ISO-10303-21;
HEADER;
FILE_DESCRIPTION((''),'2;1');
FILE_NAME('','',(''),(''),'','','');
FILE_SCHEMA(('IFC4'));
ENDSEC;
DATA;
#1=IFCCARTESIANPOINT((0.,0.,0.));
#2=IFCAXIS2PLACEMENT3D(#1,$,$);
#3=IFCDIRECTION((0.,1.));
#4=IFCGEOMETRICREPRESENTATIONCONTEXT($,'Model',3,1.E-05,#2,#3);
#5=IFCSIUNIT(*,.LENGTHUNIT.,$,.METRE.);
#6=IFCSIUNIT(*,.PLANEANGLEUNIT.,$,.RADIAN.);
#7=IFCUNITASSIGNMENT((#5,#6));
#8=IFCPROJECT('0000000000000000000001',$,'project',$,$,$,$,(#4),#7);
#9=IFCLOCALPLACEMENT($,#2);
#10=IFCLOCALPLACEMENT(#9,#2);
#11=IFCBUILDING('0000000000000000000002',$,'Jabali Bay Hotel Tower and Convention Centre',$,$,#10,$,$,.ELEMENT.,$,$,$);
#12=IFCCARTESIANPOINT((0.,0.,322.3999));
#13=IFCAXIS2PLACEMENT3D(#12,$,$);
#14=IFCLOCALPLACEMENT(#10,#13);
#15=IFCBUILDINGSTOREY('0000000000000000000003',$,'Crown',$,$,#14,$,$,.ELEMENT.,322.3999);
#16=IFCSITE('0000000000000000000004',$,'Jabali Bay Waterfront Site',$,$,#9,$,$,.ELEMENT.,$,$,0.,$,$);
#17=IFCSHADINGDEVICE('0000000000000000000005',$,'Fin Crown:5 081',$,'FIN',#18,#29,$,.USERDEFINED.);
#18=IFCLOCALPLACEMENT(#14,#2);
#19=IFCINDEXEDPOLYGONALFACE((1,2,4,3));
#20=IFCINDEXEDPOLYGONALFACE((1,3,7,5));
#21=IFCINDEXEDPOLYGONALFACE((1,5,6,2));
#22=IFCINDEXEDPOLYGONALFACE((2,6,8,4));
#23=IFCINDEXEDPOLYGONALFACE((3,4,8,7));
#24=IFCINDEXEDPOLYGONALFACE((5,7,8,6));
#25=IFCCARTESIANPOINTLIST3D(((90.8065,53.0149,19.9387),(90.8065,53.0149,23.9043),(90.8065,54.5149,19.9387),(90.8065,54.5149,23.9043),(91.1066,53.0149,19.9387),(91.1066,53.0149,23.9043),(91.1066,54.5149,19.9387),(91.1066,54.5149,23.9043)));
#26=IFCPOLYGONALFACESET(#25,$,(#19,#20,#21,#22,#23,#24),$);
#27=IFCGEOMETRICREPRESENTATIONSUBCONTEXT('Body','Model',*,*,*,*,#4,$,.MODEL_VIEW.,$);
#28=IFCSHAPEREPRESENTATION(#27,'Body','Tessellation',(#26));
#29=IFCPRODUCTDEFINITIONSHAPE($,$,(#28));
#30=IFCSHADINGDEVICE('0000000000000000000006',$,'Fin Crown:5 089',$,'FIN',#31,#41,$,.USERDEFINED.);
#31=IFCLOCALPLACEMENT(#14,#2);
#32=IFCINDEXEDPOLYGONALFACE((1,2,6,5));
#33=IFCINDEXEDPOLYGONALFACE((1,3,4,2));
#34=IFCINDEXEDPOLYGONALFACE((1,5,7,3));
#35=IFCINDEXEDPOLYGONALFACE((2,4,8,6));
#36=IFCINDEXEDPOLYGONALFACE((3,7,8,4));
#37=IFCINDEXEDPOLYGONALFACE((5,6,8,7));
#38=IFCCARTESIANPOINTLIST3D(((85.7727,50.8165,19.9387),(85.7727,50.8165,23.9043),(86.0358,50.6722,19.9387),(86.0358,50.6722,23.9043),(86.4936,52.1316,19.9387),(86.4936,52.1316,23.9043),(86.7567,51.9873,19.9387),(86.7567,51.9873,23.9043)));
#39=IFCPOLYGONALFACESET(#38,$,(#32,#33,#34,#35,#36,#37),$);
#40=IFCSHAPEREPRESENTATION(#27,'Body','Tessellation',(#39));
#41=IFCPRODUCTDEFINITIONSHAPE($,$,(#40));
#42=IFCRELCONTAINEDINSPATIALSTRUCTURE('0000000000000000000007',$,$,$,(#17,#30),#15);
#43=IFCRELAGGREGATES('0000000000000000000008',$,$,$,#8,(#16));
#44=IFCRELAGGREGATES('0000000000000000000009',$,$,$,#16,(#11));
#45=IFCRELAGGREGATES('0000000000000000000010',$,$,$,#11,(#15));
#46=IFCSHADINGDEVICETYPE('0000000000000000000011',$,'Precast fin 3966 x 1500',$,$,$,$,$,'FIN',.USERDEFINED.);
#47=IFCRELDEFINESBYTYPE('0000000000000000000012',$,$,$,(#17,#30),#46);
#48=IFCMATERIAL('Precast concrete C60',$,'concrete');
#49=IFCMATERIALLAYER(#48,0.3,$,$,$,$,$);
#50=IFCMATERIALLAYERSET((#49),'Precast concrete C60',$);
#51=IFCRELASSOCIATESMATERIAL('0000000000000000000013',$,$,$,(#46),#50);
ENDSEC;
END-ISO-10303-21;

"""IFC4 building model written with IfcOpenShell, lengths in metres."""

from ifc_helpers import new_model, si_unit, direction, frame, frame_2d, origin, place, context, subcontext, project, spatial, rectangle, extrude, material, layer, layer_set, type_object, element, save


model = new_model("IFC4")

# Units and contexts
model_context = context("Model", 3, precision=1e-05, world=origin(), true_north=direction((0.0, 1.0)))
body_context = subcontext(model_context, "Body", "Model", "MODEL_VIEW")
ifc_project = project(units=[si_unit("LENGTHUNIT", "METRE"), si_unit("PLANEANGLEUNIT", "RADIAN")], contexts=[model_context])

# Site, building, storey
site_placement = place(None, origin())
site = spatial("IfcSite", under=ifc_project, at=site_placement, Name="Jabali Bay Waterfront Site", CompositionType="ELEMENT", RefElevation=0.0)
building_placement = place(site_placement, origin())
building = spatial("IfcBuilding", under=site, at=building_placement, Name="Jabali Bay Hotel Tower and Convention Centre", CompositionType="ELEMENT")
storey_placement = place(building_placement, frame((0.0, 0.0, 322.3999)))
storey = spatial("IfcBuildingStorey", under=building, at=storey_placement, Name="Crown", CompositionType="ELEMENT", Elevation=322.3999)

# Shading devices
ifc_material_1 = material(Name="Precast concrete C60", Category="concrete")
ifc_layer = layer(ifc_material_1, 0.3)
ifc_layer_set = layer_set([ifc_layer], Name="Precast concrete C60")
shading_device_type = type_object("IfcShadingDeviceType", Name="Precast fin 3966 x 1500", ElementType="FIN", PredefinedType="USERDEFINED", material=ifc_layer_set)
for number, where, z_axis, x_axis, name in (
    (1, (90.9565, 54.5149, 19.9387), (0.0, 0.0, 1.0), (0.0, -1.0, 0.0), "Fin Crown:5 081"),
):
    element("IfcShadingDevice", number, at=place(storey_placement, frame(where, z_axis=z_axis, x_axis=x_axis)), inside=storey, type_object=shading_device_type, Name=name, ObjectType="FIN", PredefinedType="USERDEFINED", context=body_context, shape_type="SweptSolid", body=[
        extrude(rectangle(XDim=1.5, YDim=0.3, at=frame_2d((0.75, 0.0))), origin(), (0.0, 0.0, 1.0), 3.9656),
    ])
shading_device_1_placement = place(storey_placement, frame((86.6252, 52.0596, 19.9387), z_axis=(0.0, 0.0, 1.0), x_axis=(-0.480687, -0.876892, 0.0)))
element("IfcShadingDevice", 2, at=shading_device_1_placement, inside=storey, type_object=shading_device_type, Name="Fin Crown:5 089", ObjectType="FIN", PredefinedType="USERDEFINED", context=body_context, shape_type="SweptSolid", body=[
    extrude(rectangle(XDim=1.4998, YDim=0.3, at=frame_2d((0.75, 0.0))), origin(), (0.0, 0.0, 1.0), 3.9656),
])

save(model, "model.ifc")
